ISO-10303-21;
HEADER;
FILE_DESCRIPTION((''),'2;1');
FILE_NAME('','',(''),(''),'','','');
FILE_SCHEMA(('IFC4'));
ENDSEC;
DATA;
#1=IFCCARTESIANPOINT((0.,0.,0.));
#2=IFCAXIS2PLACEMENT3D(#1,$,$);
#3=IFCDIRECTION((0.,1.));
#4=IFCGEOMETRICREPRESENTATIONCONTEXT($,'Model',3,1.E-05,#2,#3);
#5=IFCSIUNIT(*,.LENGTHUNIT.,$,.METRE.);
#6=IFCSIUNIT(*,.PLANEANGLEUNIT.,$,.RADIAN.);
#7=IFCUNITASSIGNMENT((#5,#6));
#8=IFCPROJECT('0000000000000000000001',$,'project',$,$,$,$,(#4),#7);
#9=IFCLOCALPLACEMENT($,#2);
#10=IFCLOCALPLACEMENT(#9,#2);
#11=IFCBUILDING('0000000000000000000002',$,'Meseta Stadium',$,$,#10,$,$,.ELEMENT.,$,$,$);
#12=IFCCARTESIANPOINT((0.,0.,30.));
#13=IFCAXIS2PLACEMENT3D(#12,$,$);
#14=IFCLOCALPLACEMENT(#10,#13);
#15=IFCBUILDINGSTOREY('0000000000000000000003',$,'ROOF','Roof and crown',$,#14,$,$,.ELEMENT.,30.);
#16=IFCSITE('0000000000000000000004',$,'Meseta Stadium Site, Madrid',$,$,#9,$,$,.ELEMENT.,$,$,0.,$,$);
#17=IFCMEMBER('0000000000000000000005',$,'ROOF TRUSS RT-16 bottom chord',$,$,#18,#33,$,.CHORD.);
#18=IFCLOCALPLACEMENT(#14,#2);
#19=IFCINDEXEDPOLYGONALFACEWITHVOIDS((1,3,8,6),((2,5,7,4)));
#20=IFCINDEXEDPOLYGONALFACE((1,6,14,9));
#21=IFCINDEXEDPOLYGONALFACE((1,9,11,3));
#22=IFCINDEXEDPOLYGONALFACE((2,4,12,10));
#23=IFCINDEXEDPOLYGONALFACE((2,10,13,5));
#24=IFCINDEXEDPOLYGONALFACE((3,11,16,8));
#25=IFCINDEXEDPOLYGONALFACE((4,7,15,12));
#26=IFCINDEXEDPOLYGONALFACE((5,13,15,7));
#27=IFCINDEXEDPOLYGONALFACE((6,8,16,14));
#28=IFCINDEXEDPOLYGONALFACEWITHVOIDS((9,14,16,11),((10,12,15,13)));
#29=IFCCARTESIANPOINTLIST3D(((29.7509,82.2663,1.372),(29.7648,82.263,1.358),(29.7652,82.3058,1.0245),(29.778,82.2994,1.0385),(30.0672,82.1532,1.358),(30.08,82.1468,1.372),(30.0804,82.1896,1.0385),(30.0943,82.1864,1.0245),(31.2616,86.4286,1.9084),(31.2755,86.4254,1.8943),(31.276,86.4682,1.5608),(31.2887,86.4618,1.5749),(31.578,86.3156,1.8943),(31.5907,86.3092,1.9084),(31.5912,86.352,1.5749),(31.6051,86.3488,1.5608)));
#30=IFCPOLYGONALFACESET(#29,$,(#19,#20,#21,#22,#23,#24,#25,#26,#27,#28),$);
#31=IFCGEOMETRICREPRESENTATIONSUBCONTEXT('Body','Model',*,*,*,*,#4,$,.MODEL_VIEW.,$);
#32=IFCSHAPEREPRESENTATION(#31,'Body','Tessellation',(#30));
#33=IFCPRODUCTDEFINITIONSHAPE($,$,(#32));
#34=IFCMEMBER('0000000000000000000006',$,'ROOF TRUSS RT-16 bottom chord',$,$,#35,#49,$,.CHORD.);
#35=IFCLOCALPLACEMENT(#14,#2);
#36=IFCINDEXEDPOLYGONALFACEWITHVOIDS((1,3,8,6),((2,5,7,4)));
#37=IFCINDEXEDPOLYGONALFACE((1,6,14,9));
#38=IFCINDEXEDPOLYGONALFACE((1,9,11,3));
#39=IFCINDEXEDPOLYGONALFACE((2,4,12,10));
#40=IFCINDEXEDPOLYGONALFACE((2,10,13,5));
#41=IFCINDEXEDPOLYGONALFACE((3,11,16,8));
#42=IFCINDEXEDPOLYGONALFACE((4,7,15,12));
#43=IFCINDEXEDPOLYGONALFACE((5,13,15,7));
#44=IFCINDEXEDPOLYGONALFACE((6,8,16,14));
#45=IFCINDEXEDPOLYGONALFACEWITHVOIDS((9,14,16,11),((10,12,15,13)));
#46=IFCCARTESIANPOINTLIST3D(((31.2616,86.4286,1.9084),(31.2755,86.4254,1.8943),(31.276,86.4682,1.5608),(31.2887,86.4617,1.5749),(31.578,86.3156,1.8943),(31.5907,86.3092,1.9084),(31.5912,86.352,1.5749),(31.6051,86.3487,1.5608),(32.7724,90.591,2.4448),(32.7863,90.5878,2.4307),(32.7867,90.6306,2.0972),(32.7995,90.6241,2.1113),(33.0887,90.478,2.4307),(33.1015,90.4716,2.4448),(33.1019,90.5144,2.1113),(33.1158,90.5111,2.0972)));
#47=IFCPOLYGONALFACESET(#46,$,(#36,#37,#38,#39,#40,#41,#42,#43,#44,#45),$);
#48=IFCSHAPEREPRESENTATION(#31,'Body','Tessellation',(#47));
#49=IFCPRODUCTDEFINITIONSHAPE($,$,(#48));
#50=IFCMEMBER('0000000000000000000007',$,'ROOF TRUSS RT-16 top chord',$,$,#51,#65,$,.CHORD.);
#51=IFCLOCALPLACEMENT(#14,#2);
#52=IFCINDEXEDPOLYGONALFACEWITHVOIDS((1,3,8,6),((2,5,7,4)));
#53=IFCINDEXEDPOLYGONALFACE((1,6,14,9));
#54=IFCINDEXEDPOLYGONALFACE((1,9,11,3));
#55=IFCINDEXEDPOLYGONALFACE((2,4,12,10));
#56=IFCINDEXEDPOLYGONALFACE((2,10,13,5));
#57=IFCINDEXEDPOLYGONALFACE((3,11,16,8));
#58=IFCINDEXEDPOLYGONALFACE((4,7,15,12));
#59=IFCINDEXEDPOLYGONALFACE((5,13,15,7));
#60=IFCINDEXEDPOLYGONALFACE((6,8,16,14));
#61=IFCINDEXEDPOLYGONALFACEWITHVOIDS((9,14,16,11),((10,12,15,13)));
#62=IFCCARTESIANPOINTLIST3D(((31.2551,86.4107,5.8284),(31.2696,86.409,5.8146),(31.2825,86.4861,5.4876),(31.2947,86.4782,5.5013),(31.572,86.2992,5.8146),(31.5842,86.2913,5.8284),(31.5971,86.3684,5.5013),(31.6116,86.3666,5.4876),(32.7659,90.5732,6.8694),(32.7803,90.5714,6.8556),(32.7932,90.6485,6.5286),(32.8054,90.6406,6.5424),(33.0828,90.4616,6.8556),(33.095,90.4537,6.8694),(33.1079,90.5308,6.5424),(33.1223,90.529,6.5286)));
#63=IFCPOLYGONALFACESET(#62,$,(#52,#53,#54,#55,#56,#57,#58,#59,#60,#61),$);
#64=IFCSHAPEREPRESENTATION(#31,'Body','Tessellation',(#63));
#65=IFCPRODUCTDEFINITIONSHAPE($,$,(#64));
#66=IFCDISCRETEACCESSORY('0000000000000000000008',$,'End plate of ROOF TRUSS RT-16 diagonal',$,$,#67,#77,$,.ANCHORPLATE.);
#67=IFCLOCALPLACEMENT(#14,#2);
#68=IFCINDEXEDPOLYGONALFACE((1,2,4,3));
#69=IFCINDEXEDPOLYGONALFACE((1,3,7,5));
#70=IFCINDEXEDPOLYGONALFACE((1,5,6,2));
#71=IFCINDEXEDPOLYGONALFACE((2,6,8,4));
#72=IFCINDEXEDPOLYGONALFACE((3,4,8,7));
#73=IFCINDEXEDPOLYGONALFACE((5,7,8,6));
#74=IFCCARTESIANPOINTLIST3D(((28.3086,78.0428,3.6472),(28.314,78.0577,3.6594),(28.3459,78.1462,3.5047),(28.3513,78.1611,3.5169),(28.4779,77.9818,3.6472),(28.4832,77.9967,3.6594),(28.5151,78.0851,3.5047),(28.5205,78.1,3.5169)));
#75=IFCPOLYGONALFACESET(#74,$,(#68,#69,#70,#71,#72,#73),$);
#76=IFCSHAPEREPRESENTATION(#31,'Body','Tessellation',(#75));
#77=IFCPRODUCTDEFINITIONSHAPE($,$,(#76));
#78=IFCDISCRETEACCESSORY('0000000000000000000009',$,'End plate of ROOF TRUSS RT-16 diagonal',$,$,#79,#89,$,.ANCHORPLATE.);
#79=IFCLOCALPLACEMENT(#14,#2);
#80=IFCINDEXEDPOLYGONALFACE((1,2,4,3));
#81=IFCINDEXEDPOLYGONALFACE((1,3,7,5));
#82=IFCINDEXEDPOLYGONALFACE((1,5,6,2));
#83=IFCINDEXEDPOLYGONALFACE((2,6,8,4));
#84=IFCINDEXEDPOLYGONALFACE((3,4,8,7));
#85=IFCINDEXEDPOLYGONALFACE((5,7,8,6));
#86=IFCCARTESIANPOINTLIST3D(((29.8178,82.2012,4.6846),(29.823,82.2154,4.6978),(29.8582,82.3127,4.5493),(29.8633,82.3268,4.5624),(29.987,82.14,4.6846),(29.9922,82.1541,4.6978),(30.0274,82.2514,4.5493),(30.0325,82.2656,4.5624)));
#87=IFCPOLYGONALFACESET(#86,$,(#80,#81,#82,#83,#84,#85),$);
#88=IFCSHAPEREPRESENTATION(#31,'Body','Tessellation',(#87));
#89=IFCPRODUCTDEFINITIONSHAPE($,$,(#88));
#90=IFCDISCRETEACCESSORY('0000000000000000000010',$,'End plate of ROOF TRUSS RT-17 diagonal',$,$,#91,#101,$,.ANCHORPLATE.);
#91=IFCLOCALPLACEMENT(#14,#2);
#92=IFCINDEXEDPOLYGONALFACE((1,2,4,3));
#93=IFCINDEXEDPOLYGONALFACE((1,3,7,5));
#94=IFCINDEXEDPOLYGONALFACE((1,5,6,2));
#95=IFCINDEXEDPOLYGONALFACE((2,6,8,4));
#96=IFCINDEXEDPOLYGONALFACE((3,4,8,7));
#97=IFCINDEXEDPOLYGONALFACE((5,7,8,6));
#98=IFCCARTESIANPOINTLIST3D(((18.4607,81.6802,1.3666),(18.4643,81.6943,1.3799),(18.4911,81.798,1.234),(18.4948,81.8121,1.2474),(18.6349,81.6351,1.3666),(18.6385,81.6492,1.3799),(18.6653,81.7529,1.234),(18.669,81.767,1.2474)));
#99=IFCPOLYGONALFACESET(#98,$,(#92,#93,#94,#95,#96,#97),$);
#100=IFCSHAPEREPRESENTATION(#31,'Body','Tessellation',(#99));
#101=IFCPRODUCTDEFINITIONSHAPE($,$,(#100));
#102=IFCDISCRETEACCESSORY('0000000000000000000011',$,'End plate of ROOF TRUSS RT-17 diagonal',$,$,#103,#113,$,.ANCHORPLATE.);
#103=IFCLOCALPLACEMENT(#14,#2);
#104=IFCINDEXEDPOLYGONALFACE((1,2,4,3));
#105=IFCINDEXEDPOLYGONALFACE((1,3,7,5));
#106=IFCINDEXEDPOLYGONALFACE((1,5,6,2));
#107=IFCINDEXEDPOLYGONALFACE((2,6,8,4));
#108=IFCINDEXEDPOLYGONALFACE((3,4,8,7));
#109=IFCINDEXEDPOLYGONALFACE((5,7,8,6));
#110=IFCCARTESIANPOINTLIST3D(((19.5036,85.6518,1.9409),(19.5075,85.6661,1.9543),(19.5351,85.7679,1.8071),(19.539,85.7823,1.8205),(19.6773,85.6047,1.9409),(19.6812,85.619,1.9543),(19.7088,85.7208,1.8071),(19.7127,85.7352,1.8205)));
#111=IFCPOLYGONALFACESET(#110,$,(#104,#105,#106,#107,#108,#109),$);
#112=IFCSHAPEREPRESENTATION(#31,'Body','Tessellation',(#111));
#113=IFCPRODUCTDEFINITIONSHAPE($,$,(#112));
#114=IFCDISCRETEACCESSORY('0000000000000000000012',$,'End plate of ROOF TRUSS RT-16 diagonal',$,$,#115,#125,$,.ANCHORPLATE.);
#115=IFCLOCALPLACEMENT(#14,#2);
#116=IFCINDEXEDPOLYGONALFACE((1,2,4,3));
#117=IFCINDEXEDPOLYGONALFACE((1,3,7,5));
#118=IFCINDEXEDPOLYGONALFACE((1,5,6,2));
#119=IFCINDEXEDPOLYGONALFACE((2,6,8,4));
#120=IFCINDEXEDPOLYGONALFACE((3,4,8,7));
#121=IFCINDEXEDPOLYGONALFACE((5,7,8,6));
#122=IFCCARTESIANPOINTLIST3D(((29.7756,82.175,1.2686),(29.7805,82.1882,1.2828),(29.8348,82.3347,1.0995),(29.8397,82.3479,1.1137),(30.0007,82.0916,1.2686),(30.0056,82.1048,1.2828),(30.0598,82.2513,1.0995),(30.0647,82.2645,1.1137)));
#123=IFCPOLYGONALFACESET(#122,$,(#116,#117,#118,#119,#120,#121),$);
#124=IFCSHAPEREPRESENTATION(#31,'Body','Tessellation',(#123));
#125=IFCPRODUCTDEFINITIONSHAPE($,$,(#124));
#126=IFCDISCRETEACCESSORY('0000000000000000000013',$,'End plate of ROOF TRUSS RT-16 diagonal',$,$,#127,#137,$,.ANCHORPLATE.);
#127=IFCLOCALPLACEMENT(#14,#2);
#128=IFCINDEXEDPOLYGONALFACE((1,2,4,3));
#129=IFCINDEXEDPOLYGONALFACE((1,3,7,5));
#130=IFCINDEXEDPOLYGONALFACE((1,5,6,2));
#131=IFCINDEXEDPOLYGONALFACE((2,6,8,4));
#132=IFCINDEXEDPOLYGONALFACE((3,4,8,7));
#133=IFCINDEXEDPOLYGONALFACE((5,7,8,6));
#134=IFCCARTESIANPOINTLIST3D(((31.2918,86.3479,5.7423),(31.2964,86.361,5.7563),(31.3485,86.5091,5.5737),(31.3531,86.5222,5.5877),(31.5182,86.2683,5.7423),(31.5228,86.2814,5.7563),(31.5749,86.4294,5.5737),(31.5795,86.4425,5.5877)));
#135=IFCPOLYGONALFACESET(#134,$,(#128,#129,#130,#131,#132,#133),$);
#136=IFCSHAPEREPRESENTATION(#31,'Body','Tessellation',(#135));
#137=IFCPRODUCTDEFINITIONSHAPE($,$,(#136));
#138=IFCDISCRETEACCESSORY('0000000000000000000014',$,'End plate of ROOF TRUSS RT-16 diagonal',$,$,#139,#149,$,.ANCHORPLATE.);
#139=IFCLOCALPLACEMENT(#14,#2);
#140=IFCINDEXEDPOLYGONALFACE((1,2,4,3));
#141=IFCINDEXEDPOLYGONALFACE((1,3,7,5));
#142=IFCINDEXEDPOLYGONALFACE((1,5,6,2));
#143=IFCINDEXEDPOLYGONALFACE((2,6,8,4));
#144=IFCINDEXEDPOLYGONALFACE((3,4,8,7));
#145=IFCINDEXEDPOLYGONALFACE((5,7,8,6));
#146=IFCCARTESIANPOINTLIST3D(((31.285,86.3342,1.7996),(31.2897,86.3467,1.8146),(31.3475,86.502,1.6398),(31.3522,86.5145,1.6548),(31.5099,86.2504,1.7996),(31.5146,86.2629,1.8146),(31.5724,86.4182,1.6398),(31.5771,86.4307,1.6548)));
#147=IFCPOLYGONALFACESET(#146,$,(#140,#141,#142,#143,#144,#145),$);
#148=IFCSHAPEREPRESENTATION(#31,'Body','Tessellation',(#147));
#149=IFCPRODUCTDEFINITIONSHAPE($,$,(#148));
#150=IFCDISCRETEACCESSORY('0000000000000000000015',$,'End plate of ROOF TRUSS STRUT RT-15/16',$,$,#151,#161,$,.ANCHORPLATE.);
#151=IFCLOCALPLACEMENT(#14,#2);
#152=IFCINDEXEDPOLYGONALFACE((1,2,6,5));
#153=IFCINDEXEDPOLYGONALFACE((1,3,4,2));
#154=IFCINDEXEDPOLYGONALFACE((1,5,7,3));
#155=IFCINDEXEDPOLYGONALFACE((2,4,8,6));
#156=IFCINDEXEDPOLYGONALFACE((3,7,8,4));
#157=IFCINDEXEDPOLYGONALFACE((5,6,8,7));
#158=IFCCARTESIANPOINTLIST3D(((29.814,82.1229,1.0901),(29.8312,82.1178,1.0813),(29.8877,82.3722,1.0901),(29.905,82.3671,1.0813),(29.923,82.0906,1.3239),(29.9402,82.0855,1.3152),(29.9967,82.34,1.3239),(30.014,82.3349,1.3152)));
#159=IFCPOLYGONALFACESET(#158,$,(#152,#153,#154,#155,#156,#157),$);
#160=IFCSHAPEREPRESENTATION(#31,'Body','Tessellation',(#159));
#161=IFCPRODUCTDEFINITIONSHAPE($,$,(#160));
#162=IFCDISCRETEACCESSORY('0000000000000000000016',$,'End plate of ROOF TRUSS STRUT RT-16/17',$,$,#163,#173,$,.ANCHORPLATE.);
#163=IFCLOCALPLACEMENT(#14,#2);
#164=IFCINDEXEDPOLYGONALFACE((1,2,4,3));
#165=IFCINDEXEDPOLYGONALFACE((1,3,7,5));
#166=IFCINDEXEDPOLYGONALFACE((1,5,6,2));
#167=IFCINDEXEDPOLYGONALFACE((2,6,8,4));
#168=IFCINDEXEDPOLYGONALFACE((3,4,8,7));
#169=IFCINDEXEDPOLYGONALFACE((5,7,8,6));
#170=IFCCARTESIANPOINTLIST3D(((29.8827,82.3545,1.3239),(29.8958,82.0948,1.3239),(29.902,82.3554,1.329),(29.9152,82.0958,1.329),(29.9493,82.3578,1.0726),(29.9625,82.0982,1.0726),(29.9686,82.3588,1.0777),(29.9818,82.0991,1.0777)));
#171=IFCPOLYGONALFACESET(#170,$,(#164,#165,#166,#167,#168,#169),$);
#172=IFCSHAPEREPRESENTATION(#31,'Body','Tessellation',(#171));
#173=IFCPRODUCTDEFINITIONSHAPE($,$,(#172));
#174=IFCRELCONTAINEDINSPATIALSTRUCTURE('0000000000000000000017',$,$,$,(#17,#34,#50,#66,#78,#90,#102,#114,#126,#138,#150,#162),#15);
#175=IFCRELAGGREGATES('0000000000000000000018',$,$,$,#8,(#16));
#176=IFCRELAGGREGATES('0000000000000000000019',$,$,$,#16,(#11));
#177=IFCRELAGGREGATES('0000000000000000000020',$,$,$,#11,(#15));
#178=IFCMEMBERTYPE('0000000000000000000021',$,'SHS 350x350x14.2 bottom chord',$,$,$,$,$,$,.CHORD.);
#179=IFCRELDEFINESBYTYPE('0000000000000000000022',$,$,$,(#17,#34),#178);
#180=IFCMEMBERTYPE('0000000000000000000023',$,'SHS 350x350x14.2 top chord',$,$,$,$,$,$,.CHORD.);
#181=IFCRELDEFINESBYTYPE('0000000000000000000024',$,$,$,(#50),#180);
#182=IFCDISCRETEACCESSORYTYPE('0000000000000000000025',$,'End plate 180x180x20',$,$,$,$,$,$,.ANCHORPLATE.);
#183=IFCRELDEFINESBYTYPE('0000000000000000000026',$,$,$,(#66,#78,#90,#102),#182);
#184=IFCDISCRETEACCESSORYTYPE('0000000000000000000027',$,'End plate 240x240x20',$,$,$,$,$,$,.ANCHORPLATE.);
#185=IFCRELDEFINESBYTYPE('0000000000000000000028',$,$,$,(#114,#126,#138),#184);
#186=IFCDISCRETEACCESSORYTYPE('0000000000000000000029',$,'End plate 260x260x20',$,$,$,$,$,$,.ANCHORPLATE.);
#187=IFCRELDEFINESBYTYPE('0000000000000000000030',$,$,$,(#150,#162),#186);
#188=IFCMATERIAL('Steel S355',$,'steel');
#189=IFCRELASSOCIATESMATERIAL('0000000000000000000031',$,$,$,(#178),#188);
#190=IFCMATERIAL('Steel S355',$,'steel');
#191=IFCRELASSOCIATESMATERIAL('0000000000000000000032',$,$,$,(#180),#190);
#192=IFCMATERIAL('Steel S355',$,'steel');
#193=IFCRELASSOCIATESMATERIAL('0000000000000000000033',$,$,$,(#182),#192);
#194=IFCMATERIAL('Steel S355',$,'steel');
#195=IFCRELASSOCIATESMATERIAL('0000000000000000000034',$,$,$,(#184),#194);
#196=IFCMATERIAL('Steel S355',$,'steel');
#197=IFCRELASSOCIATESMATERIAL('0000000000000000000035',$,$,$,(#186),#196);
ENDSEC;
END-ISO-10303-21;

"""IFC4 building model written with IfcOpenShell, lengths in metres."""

from ifc_helpers import new_model, si_unit, direction, frame, origin, origin_2d, place, context, subcontext, project, spatial, rectangle, hollow_rectangle, extrude, material, material_profile, profile_set, type_object, element, save


model = new_model("IFC4")

# Units and contexts
model_context = context("Model", 3, precision=1e-05, world=origin(), true_north=direction((0.0, 1.0)))
body_context = subcontext(model_context, "Body", "Model", "MODEL_VIEW")
ifc_project = project(units=[si_unit("LENGTHUNIT", "METRE"), si_unit("PLANEANGLEUNIT", "RADIAN")], contexts=[model_context])

# Site, building, storey
site_placement = place(None, origin())
site = spatial("IfcSite", under=ifc_project, at=site_placement, Name="Meseta Stadium Site, Madrid", CompositionType="ELEMENT", RefElevation=0.0)
building_placement = place(site_placement, origin())
building = spatial("IfcBuilding", under=site, at=building_placement, Name="Meseta Stadium", CompositionType="ELEMENT")
storey_placement = place(building_placement, frame((0.0, 0.0, 30.0)))
storey = spatial("IfcBuildingStorey", under=building, at=storey_placement, Name="ROOF", Description="Roof and crown", CompositionType="ELEMENT", Elevation=30.0)

# Members
ifc_material_1 = material(Name="Steel S355", Category="steel")
ifc_material_profile_1 = material_profile(ifc_material_1, hollow_rectangle(XDim=0.3501, YDim=0.3501, WallThickness=0.0142, at=origin_2d()), Name="SHS 350x350x14.2")
ifc_profile_set_1 = profile_set([ifc_material_profile_1], Name="Steel S355")
member_type_1 = type_object("IfcMemberType", Name="SHS 350x350x14.2 bottom chord", PredefinedType="CHORD", material=ifc_profile_set_1)
for number, where, z_axis, x_axis, name in (
    (1, (29.9226, 82.2263, 1.1982), (0.338701, 0.933178, 0.120253), (-0.939999, 0.341176, 0.0), "ROOF TRUSS RT-16 bottom chord"),
    (2, (31.4333, 86.3887, 1.7346), (0.338701, 0.933178, 0.120253), (-0.939999, 0.341176, 0.0), "ROOF TRUSS RT-16 bottom chord"),
):
    element("IfcMember", number, at=place(storey_placement, frame(where, z_axis=z_axis, x_axis=x_axis)), inside=storey, type_object=member_type_1, Name=name, PredefinedType="CHORD", context=body_context, shape_type="SweptSolid", body=[
        extrude(hollow_rectangle(XDim=0.3501, YDim=0.3501, WallThickness=0.0142, at=origin_2d()), origin(), (0.0, 0.0, 1.0), 4.4604),
    ])
ifc_material_2 = material(Name="Steel S355", Category="steel")
ifc_material_profile_2 = material_profile(ifc_material_2, hollow_rectangle(XDim=0.3501, YDim=0.3501, WallThickness=0.0142, at=origin_2d()), Name="SHS 350x350x14.2")
ifc_profile_set_2 = profile_set([ifc_material_profile_2], Name="Steel S355")
member_type_2 = type_object("IfcMemberType", Name="SHS 350x350x14.2 top chord", PredefinedType="CHORD", material=ifc_profile_set_2)
member_1_placement = place(storey_placement, frame((31.4333, 86.3887, 5.658), z_axis=(0.332122, 0.915052, 0.228857), x_axis=(-0.939999, 0.341176, 0.0)))
element("IfcMember", 3, at=member_1_placement, inside=storey, type_object=member_type_2, Name="ROOF TRUSS RT-16 top chord", PredefinedType="CHORD", context=body_context, shape_type="SweptSolid", body=[
    extrude(hollow_rectangle(XDim=0.3501, YDim=0.3501, WallThickness=0.0142, at=origin_2d()), origin(), (0.0, 0.0, 1.0), 4.5488),
])

# Discrete accessories
ifc_material_3 = material(Name="Steel S355", Category="steel")
ifc_material_profile_3 = material_profile(ifc_material_3, rectangle(XDim=0.1799, YDim=0.1799, at=origin_2d()), Name="PL 180x180")
ifc_profile_set_3 = profile_set([ifc_material_profile_3], Name="Steel S355")
discrete_accessory_type_1 = type_object("IfcDiscreteAccessoryType", Name="End plate 180x180x20", PredefinedType="ANCHORPLATE", material=ifc_profile_set_3)
for number, where, z_axis, x_axis, name in (
    (4, (28.4119, 78.064, 3.5759), (0.268673, 0.744956, 0.610619), (-0.940691, 0.339265, 0.0), "End plate of ROOF TRUSS RT-16 diagonal"),
    (5, (29.9226, 82.2263, 4.6169), (0.256155, 0.707475, 0.658684), (-0.940266, 0.340441, 0.0), "End plate of ROOF TRUSS RT-16 diagonal"),
):
    element("IfcDiscreteAccessory", number, at=place(storey_placement, frame(where, z_axis=z_axis, x_axis=x_axis)), inside=storey, type_object=discrete_accessory_type_1, Name=name, PredefinedType="ANCHORPLATE", context=body_context, shape_type="SweptSolid", body=[
        extrude(rectangle(XDim=0.1799, YDim=0.1799, at=origin_2d()), origin(), (0.0, 0.0, 1.0), 0.02),
    ])
discrete_accessory_1_placement = place(storey_placement, frame((18.563, 81.7166, 1.3003), z_axis=(0.184442, 0.713175, 0.676286), x_axis=(-0.968147, 0.250383, 0.0)))
element("IfcDiscreteAccessory", 6, at=discrete_accessory_1_placement, inside=storey, type_object=discrete_accessory_type_1, Name="End plate of ROOF TRUSS RT-17 diagonal", PredefinedType="ANCHORPLATE", context=body_context, shape_type="SweptSolid", body=[
    extrude(rectangle(XDim=0.1799, YDim=0.1799, at=origin_2d()), origin(), (0.0, 0.0, 1.0), 0.0198),
])
discrete_accessory_2_placement = place(storey_placement, frame((19.6062, 85.6863, 1.874), z_axis=(0.194573, 0.717488, 0.668844), x_axis=(-0.96514, 0.261733, 0.0)))
element("IfcDiscreteAccessory", 7, at=discrete_accessory_2_placement, inside=storey, type_object=discrete_accessory_type_1, Name="End plate of ROOF TRUSS RT-17 diagonal", PredefinedType="ANCHORPLATE", context=body_context, shape_type="SweptSolid", body=[
    extrude(rectangle(XDim=0.1799, YDim=0.1799, at=origin_2d()), origin(), (0.0, 0.0, 1.0), 0.02),
])
ifc_material_4 = material(Name="Steel S355", Category="steel")
ifc_material_profile_4 = material_profile(ifc_material_4, rectangle(XDim=0.24, YDim=0.24, at=origin_2d()), Name="PL 240x240")
ifc_profile_set_4 = profile_set([ifc_material_profile_4], Name="Steel S355")
discrete_accessory_type_2 = type_object("IfcDiscreteAccessoryType", Name="End plate 240x240x20", PredefinedType="ANCHORPLATE", material=ifc_profile_set_4)
discrete_accessory_3_placement = place(storey_placement, frame((29.9177, 82.2131, 1.1841), z_axis=(0.244704, 0.660702, 0.709643), x_axis=(-0.937749, 0.347314, 0.0)))
element("IfcDiscreteAccessory", 8, at=discrete_accessory_3_placement, inside=storey, type_object=discrete_accessory_type_2, Name="End plate of ROOF TRUSS RT-16 diagonal", PredefinedType="ANCHORPLATE", context=body_context, shape_type="SweptSolid", body=[
    extrude(rectangle(XDim=0.24, YDim=0.24, at=origin_2d()), origin(), (0.0, 0.0, 1.0), 0.02),
])
discrete_accessory_4_placement = place(storey_placement, frame((31.4333, 86.3887, 5.658), z_axis=(0.233151, 0.662639, 0.711723), x_axis=(-0.943312, 0.331906, 0.0)))
element("IfcDiscreteAccessory", 9, at=discrete_accessory_4_placement, inside=storey, type_object=discrete_accessory_type_2, Name="End plate of ROOF TRUSS RT-16 diagonal", PredefinedType="ANCHORPLATE", context=body_context, shape_type="SweptSolid", body=[
    extrude(rectangle(XDim=0.24, YDim=0.24, at=origin_2d()), origin(), (0.0, 0.0, 1.0), 0.0198),
])
discrete_accessory_5_placement = place(storey_placement, frame((31.4287, 86.3762, 1.7197), z_axis=(0.232417, 0.623856, 0.746181), x_axis=(-0.937082, 0.349109, 0.0)))
element("IfcDiscreteAccessory", 10, at=discrete_accessory_5_placement, inside=storey, type_object=discrete_accessory_type_2, Name="End plate of ROOF TRUSS RT-16 diagonal", PredefinedType="ANCHORPLATE", context=body_context, shape_type="SweptSolid", body=[
    extrude(rectangle(XDim=0.24, YDim=0.24, at=origin_2d()), origin(), (0.0, 0.0, 1.0), 0.02),
])
ifc_material_5 = material(Name="Steel S355", Category="steel")
ifc_material_profile_5 = material_profile(ifc_material_5, rectangle(XDim=0.26, YDim=0.26, at=origin_2d()), Name="PL 260x260")
ifc_profile_set_5 = profile_set([ifc_material_profile_5], Name="Steel S355")
discrete_accessory_type_3 = type_object("IfcDiscreteAccessoryType", Name="End plate 260x260x20", PredefinedType="ANCHORPLATE", material=ifc_profile_set_5)
for number, where, z_axis, x_axis, name in (
    (11, (29.9226, 82.2263, 1.1982), (-0.862398, 0.255075, 0.437272), (-0.283628, -0.958934, 0.0), "End plate of ROOF TRUSS STRUT RT-15/16"),
    (12, (29.9419, 82.2273, 1.2034), (-0.965283, -0.048875, -0.256594), (0.050568, -0.998721, 0.0), "End plate of ROOF TRUSS STRUT RT-16/17"),
):
    element("IfcDiscreteAccessory", number, at=place(storey_placement, frame(where, z_axis=z_axis, x_axis=x_axis)), inside=storey, type_object=discrete_accessory_type_3, Name=name, PredefinedType="ANCHORPLATE", context=body_context, shape_type="SweptSolid", body=[
        extrude(rectangle(XDim=0.26, YDim=0.26, at=origin_2d()), origin(), (0.0, 0.0, 1.0), 0.02),
    ])

save(model, "model.ifc")
